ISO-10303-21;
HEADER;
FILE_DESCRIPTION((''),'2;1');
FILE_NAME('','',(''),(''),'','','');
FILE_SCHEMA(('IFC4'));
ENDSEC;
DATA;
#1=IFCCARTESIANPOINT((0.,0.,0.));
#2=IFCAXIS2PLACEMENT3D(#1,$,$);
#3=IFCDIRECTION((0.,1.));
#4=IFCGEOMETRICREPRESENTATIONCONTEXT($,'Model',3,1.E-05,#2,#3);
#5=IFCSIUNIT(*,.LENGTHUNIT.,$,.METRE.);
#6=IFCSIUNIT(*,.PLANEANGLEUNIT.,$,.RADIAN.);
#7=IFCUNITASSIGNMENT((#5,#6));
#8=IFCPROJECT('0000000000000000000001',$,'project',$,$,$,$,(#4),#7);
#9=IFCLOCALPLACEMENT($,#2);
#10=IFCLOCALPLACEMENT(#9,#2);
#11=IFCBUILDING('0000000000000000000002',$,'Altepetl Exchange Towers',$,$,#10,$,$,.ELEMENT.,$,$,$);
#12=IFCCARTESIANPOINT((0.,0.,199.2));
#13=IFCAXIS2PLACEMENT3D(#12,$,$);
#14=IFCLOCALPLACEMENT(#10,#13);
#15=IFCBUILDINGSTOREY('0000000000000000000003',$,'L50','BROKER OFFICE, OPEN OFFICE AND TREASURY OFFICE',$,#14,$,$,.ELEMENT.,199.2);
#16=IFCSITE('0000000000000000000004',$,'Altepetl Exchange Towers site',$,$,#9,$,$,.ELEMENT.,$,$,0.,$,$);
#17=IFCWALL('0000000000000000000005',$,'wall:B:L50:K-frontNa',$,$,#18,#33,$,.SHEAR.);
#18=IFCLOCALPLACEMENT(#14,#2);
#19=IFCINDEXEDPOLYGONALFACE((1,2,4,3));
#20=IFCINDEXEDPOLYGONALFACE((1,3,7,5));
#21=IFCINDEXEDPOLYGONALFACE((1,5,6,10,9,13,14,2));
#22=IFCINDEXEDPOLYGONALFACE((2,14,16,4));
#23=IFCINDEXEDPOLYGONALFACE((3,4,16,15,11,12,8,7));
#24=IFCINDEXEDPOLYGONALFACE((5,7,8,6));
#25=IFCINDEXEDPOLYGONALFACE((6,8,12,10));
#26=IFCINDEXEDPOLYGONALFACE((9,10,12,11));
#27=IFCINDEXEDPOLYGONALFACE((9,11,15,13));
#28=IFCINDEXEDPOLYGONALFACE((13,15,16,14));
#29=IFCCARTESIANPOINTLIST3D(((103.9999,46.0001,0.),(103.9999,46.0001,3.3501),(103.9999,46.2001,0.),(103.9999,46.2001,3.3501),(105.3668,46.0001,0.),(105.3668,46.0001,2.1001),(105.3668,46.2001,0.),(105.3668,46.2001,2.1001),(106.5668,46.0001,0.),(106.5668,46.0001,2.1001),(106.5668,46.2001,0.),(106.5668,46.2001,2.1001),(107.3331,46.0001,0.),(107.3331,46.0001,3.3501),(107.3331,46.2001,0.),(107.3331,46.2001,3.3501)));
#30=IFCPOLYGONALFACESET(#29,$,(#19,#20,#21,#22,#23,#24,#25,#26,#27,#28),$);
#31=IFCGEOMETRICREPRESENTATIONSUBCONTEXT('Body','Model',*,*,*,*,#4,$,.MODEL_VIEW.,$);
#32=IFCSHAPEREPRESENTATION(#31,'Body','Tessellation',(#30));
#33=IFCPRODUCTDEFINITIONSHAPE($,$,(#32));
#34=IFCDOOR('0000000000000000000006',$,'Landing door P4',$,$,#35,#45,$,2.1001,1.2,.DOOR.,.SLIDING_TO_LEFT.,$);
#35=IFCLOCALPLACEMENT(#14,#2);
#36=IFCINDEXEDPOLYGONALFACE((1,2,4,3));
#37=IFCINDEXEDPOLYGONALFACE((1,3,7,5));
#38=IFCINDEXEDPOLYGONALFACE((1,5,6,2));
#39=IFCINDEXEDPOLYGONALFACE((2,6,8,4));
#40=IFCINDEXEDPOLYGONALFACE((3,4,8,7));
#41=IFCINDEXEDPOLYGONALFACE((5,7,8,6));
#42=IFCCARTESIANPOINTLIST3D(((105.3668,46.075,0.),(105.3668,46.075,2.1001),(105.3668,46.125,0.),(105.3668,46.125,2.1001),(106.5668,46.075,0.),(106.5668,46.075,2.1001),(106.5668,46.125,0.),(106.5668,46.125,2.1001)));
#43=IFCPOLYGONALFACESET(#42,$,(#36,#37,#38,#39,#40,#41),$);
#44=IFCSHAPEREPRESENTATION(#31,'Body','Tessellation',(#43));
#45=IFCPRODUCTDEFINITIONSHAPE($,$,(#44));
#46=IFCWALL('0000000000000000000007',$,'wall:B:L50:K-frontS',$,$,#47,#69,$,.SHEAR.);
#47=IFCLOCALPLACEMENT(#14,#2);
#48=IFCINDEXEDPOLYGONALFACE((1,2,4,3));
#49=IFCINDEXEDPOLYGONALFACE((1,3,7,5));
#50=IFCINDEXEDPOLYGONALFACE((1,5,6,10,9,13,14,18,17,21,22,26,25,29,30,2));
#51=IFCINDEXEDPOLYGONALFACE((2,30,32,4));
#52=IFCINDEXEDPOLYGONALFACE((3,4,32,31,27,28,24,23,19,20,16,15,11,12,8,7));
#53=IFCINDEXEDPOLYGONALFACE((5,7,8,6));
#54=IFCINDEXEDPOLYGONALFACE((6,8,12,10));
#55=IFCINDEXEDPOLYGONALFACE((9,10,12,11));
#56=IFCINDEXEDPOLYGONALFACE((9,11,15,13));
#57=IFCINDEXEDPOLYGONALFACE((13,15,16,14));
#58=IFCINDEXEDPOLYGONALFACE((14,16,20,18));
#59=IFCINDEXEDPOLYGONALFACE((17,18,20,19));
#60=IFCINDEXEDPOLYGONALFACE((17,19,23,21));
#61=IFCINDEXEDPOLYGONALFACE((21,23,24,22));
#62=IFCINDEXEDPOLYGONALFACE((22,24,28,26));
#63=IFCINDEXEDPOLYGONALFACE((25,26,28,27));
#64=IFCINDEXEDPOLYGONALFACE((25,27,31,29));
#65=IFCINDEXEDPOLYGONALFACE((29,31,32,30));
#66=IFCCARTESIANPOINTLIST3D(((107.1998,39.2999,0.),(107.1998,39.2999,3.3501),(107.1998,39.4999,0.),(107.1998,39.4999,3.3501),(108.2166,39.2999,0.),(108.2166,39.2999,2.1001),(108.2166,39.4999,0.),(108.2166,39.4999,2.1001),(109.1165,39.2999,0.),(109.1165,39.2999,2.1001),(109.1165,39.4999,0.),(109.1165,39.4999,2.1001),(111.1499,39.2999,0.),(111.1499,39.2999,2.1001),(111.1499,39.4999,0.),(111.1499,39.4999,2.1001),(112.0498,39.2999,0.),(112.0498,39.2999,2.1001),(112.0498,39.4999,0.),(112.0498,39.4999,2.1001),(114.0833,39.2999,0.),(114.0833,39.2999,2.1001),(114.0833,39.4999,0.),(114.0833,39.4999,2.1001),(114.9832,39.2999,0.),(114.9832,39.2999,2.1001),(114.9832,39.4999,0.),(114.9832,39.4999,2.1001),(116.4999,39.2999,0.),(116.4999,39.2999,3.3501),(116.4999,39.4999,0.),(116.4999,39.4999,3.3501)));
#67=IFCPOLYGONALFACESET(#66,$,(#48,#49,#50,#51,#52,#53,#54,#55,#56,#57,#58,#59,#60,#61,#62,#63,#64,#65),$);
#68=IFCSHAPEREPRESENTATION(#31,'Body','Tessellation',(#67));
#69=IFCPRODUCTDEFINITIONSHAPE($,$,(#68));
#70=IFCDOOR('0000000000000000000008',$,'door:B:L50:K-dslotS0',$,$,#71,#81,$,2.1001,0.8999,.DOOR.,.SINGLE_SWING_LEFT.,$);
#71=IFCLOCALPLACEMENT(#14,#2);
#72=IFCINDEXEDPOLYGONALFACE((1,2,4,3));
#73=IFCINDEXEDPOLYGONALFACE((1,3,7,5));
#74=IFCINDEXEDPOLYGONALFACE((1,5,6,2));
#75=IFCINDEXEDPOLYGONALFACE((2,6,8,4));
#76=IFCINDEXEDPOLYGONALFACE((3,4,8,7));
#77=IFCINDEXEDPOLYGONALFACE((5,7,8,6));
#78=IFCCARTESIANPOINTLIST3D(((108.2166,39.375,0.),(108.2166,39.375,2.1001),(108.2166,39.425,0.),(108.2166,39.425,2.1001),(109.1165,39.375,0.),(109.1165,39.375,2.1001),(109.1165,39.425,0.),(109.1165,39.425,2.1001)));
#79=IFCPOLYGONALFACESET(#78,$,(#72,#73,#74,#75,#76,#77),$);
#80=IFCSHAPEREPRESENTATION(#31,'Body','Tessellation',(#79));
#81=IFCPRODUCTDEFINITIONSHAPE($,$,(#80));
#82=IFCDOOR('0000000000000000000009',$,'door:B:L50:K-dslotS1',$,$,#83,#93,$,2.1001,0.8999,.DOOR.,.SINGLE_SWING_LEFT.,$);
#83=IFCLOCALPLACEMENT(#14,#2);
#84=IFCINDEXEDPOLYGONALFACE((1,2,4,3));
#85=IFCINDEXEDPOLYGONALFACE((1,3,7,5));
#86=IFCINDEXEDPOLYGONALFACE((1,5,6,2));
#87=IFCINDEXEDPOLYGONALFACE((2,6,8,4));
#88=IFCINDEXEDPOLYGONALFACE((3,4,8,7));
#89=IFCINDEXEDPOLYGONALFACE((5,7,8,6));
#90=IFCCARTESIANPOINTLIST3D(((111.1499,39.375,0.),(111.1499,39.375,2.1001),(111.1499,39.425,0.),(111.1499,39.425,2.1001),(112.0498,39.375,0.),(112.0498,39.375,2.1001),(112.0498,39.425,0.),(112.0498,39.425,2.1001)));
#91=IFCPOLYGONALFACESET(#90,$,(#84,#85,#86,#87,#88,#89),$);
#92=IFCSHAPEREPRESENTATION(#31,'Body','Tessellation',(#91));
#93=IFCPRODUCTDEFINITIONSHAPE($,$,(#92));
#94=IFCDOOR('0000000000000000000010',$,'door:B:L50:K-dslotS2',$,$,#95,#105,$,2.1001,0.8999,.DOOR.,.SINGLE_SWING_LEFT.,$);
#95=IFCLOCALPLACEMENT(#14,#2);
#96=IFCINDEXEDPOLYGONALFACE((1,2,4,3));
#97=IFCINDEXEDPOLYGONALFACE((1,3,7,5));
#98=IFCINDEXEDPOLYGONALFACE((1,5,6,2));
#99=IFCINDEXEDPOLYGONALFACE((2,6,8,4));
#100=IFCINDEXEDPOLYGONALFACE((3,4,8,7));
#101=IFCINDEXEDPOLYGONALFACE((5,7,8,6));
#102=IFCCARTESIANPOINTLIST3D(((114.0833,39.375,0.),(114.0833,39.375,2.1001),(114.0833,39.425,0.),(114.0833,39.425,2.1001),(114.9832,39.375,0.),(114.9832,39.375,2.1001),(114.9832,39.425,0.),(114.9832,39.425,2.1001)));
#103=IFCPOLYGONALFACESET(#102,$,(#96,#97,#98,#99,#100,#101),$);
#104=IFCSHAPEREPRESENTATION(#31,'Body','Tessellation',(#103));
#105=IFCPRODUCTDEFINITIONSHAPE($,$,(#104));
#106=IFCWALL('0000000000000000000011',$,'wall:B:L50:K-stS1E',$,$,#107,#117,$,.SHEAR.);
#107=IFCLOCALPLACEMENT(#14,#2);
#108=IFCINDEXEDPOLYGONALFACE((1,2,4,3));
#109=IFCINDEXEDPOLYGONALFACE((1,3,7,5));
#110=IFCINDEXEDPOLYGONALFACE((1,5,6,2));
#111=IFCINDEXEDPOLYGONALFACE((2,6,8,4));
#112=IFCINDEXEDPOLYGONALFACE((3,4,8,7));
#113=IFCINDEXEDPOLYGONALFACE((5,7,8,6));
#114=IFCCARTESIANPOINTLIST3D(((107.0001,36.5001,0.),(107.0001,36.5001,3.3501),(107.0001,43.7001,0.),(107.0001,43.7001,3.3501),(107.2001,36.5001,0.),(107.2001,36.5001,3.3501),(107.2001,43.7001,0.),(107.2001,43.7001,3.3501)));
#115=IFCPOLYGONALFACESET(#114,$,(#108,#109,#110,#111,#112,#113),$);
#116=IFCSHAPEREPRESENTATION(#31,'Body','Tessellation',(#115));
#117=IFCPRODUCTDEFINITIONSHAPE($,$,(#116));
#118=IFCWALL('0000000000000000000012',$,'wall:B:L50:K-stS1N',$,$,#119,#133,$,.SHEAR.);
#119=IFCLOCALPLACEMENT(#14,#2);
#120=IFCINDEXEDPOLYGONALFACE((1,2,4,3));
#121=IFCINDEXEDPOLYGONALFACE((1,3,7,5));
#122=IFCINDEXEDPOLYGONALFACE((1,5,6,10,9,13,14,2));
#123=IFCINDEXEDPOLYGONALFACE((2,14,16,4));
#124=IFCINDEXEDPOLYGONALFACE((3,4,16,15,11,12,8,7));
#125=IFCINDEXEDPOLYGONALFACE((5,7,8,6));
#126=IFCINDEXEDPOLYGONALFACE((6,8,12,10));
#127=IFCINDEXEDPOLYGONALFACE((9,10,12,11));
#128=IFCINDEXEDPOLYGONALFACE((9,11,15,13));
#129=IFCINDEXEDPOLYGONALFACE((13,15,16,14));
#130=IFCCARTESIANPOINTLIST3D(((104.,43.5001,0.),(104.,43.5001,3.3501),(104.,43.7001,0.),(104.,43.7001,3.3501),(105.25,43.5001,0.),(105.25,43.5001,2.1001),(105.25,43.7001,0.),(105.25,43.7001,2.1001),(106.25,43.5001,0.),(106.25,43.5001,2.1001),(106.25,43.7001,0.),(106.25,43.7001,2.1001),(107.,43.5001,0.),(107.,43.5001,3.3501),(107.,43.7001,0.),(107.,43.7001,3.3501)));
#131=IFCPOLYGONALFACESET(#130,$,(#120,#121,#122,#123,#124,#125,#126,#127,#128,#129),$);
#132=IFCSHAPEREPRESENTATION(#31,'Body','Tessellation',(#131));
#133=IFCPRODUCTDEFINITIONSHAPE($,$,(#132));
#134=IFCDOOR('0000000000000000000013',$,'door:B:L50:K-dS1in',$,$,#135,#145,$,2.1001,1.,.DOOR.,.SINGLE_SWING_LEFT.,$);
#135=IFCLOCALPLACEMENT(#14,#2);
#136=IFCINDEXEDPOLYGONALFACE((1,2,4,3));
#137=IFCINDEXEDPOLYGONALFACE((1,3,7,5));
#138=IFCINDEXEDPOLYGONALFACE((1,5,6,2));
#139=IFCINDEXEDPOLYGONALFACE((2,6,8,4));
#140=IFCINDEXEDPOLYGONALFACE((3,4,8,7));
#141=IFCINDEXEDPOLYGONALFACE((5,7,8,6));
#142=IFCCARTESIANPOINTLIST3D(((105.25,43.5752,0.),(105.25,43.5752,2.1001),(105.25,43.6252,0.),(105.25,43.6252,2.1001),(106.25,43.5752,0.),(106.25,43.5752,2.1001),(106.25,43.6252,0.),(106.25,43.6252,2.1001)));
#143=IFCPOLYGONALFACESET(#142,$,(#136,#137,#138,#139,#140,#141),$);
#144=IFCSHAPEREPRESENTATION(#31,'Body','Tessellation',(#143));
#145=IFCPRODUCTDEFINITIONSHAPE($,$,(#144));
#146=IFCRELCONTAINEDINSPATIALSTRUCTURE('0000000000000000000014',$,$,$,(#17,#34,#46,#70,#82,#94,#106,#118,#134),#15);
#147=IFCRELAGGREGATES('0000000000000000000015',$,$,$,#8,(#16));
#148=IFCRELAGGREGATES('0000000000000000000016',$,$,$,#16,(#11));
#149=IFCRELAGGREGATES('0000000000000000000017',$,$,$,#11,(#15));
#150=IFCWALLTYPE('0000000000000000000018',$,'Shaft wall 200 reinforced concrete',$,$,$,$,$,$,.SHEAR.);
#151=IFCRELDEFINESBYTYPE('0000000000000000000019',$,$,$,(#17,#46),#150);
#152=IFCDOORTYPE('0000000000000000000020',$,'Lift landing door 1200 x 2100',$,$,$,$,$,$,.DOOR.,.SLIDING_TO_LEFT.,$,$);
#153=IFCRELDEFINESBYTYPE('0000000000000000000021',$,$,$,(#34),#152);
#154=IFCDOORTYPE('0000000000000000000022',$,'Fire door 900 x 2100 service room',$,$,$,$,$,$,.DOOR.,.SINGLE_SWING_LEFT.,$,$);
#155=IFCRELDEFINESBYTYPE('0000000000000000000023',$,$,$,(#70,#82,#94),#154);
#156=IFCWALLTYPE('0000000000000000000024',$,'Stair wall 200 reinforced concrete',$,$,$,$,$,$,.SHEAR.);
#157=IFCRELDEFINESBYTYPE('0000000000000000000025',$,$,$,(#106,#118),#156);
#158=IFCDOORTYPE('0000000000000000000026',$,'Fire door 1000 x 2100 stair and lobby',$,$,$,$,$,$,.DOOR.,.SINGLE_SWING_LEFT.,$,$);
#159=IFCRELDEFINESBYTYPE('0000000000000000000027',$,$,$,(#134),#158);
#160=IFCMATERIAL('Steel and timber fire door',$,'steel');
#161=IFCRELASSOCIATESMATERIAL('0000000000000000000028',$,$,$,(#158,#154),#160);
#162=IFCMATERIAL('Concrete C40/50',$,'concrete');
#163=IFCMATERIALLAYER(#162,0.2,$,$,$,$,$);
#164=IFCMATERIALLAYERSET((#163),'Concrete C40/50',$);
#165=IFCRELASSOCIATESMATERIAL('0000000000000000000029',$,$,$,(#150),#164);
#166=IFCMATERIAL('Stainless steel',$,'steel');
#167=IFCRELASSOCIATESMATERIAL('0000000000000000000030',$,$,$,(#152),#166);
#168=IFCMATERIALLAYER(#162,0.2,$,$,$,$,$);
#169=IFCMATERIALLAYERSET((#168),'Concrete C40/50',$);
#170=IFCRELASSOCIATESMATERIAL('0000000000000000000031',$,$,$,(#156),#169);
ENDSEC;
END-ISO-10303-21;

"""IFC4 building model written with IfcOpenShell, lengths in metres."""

from ifc_helpers import new_model, si_unit, direction, frame, frame_2d, origin, place, context, subcontext, project, spatial, rectangle, extrude, material, layer, layer_set, type_object, element, fill, save


model = new_model("IFC4")

# Units and contexts
model_context = context("Model", 3, precision=1e-05, world=origin(), true_north=direction((0.0, 1.0)))
body_context = subcontext(model_context, "Body", "Model", "MODEL_VIEW")
ifc_project = project(units=[si_unit("LENGTHUNIT", "METRE"), si_unit("PLANEANGLEUNIT", "RADIAN")], contexts=[model_context])

# Site, building, storey
site_placement = place(None, origin())
site = spatial("IfcSite", under=ifc_project, at=site_placement, Name="Altepetl Exchange Towers site", CompositionType="ELEMENT", RefElevation=0.0)
building_placement = place(site_placement, origin())
building = spatial("IfcBuilding", under=site, at=building_placement, Name="Altepetl Exchange Towers", CompositionType="ELEMENT")
storey_placement = place(building_placement, frame((0.0, 0.0, 199.2)))
storey = spatial("IfcBuildingStorey", under=building, at=storey_placement, Name="L50", Description="BROKER OFFICE, OPEN OFFICE AND TREASURY OFFICE", CompositionType="ELEMENT", Elevation=199.2)

# Shared definitions
ifc_material_1 = material(Name="Steel and timber fire door", Category="steel")
door_type_1 = type_object("IfcDoorType", Name="Fire door 1000 x 2100 stair and lobby", OperationType="SINGLE_SWING_LEFT", PredefinedType="DOOR", material=ifc_material_1)

# Shared definitions
door_type_2 = type_object("IfcDoorType", Name="Fire door 900 x 2100 service room", OperationType="SINGLE_SWING_LEFT", PredefinedType="DOOR", material=ifc_material_1)

# Wall, opening, door
ifc_material_2 = material(Name="Concrete C40/50", Category="concrete")
ifc_layer_1 = layer(ifc_material_2, 0.2)
ifc_layer_set_1 = layer_set([ifc_layer_1], Name="Concrete C40/50")
wall_type_1 = type_object("IfcWallType", Name="Shaft wall 200 reinforced concrete", PredefinedType="SHEAR", material=ifc_layer_set_1)
wall_1_placement = place(storey_placement, frame((104.0, 46.1001, 0.0)))
wall_1 = element("IfcWall", 1, at=wall_1_placement, inside=storey, type_object=wall_type_1, Name="wall:B:L50:K-frontNa", PredefinedType="SHEAR", context=body_context, shape_type="SweptSolid", body=[
    extrude(rectangle(XDim=3.3333, YDim=0.2, at=frame_2d((1.6665, 0.0))), origin(), (0.0, 0.0, 1.0), 3.3501),
])
opening_1_placement = place(wall_1_placement, frame((1.3667, 0.0, 0.0)))
opening_1 = element("IfcOpeningElement", 2, at=opening_1_placement, cuts=wall_1, PredefinedType="OPENING", context=body_context, shape_type="SweptSolid", body=[
    extrude(rectangle(XDim=1.2, YDim=2.1001, at=frame_2d((0.6001, 1.05))), frame((0.0, 0.1099, 0.0), z_axis=(0.0, -1.0, 0.0), x_axis=(1.0, 0.0, 0.0)), (0.0, 0.0, 1.0), 0.22),
])
ifc_material_3 = material(Name="Stainless steel", Category="steel")
door_type_3 = type_object("IfcDoorType", Name="Lift landing door 1200 x 2100", OperationType="SLIDING_TO_LEFT", PredefinedType="DOOR", material=ifc_material_3)
door_1_placement = place(opening_1_placement, origin())
door_1 = element("IfcDoor", 3, at=door_1_placement, inside=storey, type_object=door_type_3, Name="Landing door P4", OperationType="SLIDING_TO_LEFT", OverallHeight=2.1001, OverallWidth=1.2, PredefinedType="DOOR", context=body_context, shape_type="SweptSolid", body=[
    extrude(rectangle(XDim=1.2, YDim=2.1001, at=frame_2d((0.6001, 1.05))), frame((0.0, 0.0249, 0.0), z_axis=(0.0, -1.0, 0.0), x_axis=(1.0, 0.0, 0.0)), (0.0, 0.0, 1.0), 0.05),
])
fill(opening_1, door_1)

# Wall, openings, doors
wall_2_placement = place(storey_placement, frame((107.2, 39.3999, 0.0)))
wall_2 = element("IfcWall", 4, at=wall_2_placement, inside=storey, type_object=wall_type_1, Name="wall:B:L50:K-frontS", PredefinedType="SHEAR", context=body_context, shape_type="SweptSolid", body=[
    extrude(rectangle(XDim=9.3, YDim=0.2, at=frame_2d((4.6499, 0.0))), origin(), (0.0, 0.0, 1.0), 3.3501),
])
opening_2_placement = place(wall_2_placement, frame((1.0166, 0.0, 0.0)))
opening_2 = element("IfcOpeningElement", 5, at=opening_2_placement, cuts=wall_2, PredefinedType="OPENING", context=body_context, shape_type="SweptSolid", body=[
    extrude(rectangle(XDim=0.8999, YDim=2.1001, at=frame_2d((0.45, 1.05))), frame((0.0, 0.1099, 0.0), z_axis=(0.0, -1.0, 0.0), x_axis=(1.0, 0.0, 0.0)), (0.0, 0.0, 1.0), 0.22),
])
opening_3_placement = place(wall_2_placement, frame((3.95, 0.0, 0.0)))
opening_3 = element("IfcOpeningElement", 6, at=opening_3_placement, cuts=wall_2, PredefinedType="OPENING", context=body_context, shape_type="SweptSolid", body=[
    extrude(rectangle(XDim=0.8999, YDim=2.1001, at=frame_2d((0.45, 1.05))), frame((0.0, 0.1099, 0.0), z_axis=(0.0, -1.0, 0.0), x_axis=(1.0, 0.0, 0.0)), (0.0, 0.0, 1.0), 0.22),
])
opening_4_placement = place(wall_2_placement, frame((6.8833, 0.0, 0.0)))
opening_4 = element("IfcOpeningElement", 7, at=opening_4_placement, cuts=wall_2, PredefinedType="OPENING", context=body_context, shape_type="SweptSolid", body=[
    extrude(rectangle(XDim=0.8999, YDim=2.1001, at=frame_2d((0.45, 1.05))), frame((0.0, 0.1099, 0.0), z_axis=(0.0, -1.0, 0.0), x_axis=(1.0, 0.0, 0.0)), (0.0, 0.0, 1.0), 0.22),
])
door_2_placement = place(opening_2_placement, frame((0.8999, 0.0, 0.0), x_axis=(-1.0, 0.0, 0.0)))
door_2 = element("IfcDoor", 8, at=door_2_placement, inside=storey, type_object=door_type_2, Name="door:B:L50:K-dslotS0", OperationType="SINGLE_SWING_LEFT", OverallHeight=2.1001, OverallWidth=0.8999, PredefinedType="DOOR", context=body_context, shape_type="SweptSolid", body=[
    extrude(rectangle(XDim=0.8999, YDim=2.1001, at=frame_2d((0.45, 1.05))), frame((0.0, 0.0249, 0.0), z_axis=(0.0, -1.0, 0.0), x_axis=(1.0, 0.0, 0.0)), (0.0, 0.0, 1.0), 0.05),
])
fill(opening_2, door_2)
door_3_placement = place(opening_3_placement, frame((0.8999, 0.0, 0.0), x_axis=(-1.0, 0.0, 0.0)))
door_3 = element("IfcDoor", 9, at=door_3_placement, inside=storey, type_object=door_type_2, Name="door:B:L50:K-dslotS1", OperationType="SINGLE_SWING_LEFT", OverallHeight=2.1001, OverallWidth=0.8999, PredefinedType="DOOR", context=body_context, shape_type="SweptSolid", body=[
    extrude(rectangle(XDim=0.8999, YDim=2.1001, at=frame_2d((0.45, 1.05))), frame((0.0, 0.0249, 0.0), z_axis=(0.0, -1.0, 0.0), x_axis=(1.0, 0.0, 0.0)), (0.0, 0.0, 1.0), 0.05),
])
fill(opening_3, door_3)
door_4_placement = place(opening_4_placement, frame((0.8999, 0.0, 0.0), x_axis=(-1.0, 0.0, 0.0)))
door_4 = element("IfcDoor", 10, at=door_4_placement, inside=storey, type_object=door_type_2, Name="door:B:L50:K-dslotS2", OperationType="SINGLE_SWING_LEFT", OverallHeight=2.1001, OverallWidth=0.8999, PredefinedType="DOOR", context=body_context, shape_type="SweptSolid", body=[
    extrude(rectangle(XDim=0.8999, YDim=2.1001, at=frame_2d((0.45, 1.05))), frame((0.0, 0.0249, 0.0), z_axis=(0.0, -1.0, 0.0), x_axis=(1.0, 0.0, 0.0)), (0.0, 0.0, 1.0), 0.05),
])
fill(opening_4, door_4)

# Wall
ifc_layer_2 = layer(ifc_material_2, 0.2)
ifc_layer_set_2 = layer_set([ifc_layer_2], Name="Concrete C40/50")
wall_type_2 = type_object("IfcWallType", Name="Stair wall 200 reinforced concrete", PredefinedType="SHEAR", material=ifc_layer_set_2)
wall_3_placement = place(storey_placement, frame((107.1001, 36.5, 0.0), z_axis=(0.0, 0.0, 1.0), x_axis=(0.0, 1.0, 0.0)))
element("IfcWall", 11, at=wall_3_placement, inside=storey, type_object=wall_type_2, Name="wall:B:L50:K-stS1E", PredefinedType="SHEAR", context=body_context, shape_type="SweptSolid", body=[
    extrude(rectangle(XDim=7.2, YDim=0.2, at=frame_2d((3.6001, 0.0))), origin(), (0.0, 0.0, 1.0), 3.3501),
])

# Wall, opening, door
wall_4_placement = place(storey_placement, frame((104.0, 43.6001, 0.0)))
wall_4 = element("IfcWall", 12, at=wall_4_placement, inside=storey, type_object=wall_type_2, Name="wall:B:L50:K-stS1N", PredefinedType="SHEAR", context=body_context, shape_type="SweptSolid", body=[
    extrude(rectangle(XDim=3.0, YDim=0.2, at=frame_2d((1.5, 0.0))), origin(), (0.0, 0.0, 1.0), 3.3501),
])
opening_5_placement = place(wall_4_placement, frame((1.25, 0.0, 0.0)))
opening_5 = element("IfcOpeningElement", 13, at=opening_5_placement, cuts=wall_4, PredefinedType="OPENING", context=body_context, shape_type="SweptSolid", body=[
    extrude(rectangle(XDim=1.0, YDim=2.1001, at=frame_2d((0.5, 1.05))), frame((0.0, 0.1099, 0.0), z_axis=(0.0, -1.0, 0.0), x_axis=(1.0, 0.0, 0.0)), (0.0, 0.0, 1.0), 0.22),
])
door_5_placement = place(opening_5_placement, frame((1.0, 0.0, 0.0), x_axis=(-1.0, 0.0, 0.0)))
door_5 = element("IfcDoor", 14, at=door_5_placement, inside=storey, type_object=door_type_1, Name="door:B:L50:K-dS1in", OperationType="SINGLE_SWING_LEFT", OverallHeight=2.1001, OverallWidth=1.0, PredefinedType="DOOR", context=body_context, shape_type="SweptSolid", body=[
    extrude(rectangle(XDim=1.0, YDim=2.1001, at=frame_2d((0.5, 1.05))), frame((0.0, 0.0249, 0.0), z_axis=(0.0, -1.0, 0.0), x_axis=(1.0, 0.0, 0.0)), (0.0, 0.0, 1.0), 0.05),
])
fill(opening_5, door_5)

save(model, "model.ifc")
